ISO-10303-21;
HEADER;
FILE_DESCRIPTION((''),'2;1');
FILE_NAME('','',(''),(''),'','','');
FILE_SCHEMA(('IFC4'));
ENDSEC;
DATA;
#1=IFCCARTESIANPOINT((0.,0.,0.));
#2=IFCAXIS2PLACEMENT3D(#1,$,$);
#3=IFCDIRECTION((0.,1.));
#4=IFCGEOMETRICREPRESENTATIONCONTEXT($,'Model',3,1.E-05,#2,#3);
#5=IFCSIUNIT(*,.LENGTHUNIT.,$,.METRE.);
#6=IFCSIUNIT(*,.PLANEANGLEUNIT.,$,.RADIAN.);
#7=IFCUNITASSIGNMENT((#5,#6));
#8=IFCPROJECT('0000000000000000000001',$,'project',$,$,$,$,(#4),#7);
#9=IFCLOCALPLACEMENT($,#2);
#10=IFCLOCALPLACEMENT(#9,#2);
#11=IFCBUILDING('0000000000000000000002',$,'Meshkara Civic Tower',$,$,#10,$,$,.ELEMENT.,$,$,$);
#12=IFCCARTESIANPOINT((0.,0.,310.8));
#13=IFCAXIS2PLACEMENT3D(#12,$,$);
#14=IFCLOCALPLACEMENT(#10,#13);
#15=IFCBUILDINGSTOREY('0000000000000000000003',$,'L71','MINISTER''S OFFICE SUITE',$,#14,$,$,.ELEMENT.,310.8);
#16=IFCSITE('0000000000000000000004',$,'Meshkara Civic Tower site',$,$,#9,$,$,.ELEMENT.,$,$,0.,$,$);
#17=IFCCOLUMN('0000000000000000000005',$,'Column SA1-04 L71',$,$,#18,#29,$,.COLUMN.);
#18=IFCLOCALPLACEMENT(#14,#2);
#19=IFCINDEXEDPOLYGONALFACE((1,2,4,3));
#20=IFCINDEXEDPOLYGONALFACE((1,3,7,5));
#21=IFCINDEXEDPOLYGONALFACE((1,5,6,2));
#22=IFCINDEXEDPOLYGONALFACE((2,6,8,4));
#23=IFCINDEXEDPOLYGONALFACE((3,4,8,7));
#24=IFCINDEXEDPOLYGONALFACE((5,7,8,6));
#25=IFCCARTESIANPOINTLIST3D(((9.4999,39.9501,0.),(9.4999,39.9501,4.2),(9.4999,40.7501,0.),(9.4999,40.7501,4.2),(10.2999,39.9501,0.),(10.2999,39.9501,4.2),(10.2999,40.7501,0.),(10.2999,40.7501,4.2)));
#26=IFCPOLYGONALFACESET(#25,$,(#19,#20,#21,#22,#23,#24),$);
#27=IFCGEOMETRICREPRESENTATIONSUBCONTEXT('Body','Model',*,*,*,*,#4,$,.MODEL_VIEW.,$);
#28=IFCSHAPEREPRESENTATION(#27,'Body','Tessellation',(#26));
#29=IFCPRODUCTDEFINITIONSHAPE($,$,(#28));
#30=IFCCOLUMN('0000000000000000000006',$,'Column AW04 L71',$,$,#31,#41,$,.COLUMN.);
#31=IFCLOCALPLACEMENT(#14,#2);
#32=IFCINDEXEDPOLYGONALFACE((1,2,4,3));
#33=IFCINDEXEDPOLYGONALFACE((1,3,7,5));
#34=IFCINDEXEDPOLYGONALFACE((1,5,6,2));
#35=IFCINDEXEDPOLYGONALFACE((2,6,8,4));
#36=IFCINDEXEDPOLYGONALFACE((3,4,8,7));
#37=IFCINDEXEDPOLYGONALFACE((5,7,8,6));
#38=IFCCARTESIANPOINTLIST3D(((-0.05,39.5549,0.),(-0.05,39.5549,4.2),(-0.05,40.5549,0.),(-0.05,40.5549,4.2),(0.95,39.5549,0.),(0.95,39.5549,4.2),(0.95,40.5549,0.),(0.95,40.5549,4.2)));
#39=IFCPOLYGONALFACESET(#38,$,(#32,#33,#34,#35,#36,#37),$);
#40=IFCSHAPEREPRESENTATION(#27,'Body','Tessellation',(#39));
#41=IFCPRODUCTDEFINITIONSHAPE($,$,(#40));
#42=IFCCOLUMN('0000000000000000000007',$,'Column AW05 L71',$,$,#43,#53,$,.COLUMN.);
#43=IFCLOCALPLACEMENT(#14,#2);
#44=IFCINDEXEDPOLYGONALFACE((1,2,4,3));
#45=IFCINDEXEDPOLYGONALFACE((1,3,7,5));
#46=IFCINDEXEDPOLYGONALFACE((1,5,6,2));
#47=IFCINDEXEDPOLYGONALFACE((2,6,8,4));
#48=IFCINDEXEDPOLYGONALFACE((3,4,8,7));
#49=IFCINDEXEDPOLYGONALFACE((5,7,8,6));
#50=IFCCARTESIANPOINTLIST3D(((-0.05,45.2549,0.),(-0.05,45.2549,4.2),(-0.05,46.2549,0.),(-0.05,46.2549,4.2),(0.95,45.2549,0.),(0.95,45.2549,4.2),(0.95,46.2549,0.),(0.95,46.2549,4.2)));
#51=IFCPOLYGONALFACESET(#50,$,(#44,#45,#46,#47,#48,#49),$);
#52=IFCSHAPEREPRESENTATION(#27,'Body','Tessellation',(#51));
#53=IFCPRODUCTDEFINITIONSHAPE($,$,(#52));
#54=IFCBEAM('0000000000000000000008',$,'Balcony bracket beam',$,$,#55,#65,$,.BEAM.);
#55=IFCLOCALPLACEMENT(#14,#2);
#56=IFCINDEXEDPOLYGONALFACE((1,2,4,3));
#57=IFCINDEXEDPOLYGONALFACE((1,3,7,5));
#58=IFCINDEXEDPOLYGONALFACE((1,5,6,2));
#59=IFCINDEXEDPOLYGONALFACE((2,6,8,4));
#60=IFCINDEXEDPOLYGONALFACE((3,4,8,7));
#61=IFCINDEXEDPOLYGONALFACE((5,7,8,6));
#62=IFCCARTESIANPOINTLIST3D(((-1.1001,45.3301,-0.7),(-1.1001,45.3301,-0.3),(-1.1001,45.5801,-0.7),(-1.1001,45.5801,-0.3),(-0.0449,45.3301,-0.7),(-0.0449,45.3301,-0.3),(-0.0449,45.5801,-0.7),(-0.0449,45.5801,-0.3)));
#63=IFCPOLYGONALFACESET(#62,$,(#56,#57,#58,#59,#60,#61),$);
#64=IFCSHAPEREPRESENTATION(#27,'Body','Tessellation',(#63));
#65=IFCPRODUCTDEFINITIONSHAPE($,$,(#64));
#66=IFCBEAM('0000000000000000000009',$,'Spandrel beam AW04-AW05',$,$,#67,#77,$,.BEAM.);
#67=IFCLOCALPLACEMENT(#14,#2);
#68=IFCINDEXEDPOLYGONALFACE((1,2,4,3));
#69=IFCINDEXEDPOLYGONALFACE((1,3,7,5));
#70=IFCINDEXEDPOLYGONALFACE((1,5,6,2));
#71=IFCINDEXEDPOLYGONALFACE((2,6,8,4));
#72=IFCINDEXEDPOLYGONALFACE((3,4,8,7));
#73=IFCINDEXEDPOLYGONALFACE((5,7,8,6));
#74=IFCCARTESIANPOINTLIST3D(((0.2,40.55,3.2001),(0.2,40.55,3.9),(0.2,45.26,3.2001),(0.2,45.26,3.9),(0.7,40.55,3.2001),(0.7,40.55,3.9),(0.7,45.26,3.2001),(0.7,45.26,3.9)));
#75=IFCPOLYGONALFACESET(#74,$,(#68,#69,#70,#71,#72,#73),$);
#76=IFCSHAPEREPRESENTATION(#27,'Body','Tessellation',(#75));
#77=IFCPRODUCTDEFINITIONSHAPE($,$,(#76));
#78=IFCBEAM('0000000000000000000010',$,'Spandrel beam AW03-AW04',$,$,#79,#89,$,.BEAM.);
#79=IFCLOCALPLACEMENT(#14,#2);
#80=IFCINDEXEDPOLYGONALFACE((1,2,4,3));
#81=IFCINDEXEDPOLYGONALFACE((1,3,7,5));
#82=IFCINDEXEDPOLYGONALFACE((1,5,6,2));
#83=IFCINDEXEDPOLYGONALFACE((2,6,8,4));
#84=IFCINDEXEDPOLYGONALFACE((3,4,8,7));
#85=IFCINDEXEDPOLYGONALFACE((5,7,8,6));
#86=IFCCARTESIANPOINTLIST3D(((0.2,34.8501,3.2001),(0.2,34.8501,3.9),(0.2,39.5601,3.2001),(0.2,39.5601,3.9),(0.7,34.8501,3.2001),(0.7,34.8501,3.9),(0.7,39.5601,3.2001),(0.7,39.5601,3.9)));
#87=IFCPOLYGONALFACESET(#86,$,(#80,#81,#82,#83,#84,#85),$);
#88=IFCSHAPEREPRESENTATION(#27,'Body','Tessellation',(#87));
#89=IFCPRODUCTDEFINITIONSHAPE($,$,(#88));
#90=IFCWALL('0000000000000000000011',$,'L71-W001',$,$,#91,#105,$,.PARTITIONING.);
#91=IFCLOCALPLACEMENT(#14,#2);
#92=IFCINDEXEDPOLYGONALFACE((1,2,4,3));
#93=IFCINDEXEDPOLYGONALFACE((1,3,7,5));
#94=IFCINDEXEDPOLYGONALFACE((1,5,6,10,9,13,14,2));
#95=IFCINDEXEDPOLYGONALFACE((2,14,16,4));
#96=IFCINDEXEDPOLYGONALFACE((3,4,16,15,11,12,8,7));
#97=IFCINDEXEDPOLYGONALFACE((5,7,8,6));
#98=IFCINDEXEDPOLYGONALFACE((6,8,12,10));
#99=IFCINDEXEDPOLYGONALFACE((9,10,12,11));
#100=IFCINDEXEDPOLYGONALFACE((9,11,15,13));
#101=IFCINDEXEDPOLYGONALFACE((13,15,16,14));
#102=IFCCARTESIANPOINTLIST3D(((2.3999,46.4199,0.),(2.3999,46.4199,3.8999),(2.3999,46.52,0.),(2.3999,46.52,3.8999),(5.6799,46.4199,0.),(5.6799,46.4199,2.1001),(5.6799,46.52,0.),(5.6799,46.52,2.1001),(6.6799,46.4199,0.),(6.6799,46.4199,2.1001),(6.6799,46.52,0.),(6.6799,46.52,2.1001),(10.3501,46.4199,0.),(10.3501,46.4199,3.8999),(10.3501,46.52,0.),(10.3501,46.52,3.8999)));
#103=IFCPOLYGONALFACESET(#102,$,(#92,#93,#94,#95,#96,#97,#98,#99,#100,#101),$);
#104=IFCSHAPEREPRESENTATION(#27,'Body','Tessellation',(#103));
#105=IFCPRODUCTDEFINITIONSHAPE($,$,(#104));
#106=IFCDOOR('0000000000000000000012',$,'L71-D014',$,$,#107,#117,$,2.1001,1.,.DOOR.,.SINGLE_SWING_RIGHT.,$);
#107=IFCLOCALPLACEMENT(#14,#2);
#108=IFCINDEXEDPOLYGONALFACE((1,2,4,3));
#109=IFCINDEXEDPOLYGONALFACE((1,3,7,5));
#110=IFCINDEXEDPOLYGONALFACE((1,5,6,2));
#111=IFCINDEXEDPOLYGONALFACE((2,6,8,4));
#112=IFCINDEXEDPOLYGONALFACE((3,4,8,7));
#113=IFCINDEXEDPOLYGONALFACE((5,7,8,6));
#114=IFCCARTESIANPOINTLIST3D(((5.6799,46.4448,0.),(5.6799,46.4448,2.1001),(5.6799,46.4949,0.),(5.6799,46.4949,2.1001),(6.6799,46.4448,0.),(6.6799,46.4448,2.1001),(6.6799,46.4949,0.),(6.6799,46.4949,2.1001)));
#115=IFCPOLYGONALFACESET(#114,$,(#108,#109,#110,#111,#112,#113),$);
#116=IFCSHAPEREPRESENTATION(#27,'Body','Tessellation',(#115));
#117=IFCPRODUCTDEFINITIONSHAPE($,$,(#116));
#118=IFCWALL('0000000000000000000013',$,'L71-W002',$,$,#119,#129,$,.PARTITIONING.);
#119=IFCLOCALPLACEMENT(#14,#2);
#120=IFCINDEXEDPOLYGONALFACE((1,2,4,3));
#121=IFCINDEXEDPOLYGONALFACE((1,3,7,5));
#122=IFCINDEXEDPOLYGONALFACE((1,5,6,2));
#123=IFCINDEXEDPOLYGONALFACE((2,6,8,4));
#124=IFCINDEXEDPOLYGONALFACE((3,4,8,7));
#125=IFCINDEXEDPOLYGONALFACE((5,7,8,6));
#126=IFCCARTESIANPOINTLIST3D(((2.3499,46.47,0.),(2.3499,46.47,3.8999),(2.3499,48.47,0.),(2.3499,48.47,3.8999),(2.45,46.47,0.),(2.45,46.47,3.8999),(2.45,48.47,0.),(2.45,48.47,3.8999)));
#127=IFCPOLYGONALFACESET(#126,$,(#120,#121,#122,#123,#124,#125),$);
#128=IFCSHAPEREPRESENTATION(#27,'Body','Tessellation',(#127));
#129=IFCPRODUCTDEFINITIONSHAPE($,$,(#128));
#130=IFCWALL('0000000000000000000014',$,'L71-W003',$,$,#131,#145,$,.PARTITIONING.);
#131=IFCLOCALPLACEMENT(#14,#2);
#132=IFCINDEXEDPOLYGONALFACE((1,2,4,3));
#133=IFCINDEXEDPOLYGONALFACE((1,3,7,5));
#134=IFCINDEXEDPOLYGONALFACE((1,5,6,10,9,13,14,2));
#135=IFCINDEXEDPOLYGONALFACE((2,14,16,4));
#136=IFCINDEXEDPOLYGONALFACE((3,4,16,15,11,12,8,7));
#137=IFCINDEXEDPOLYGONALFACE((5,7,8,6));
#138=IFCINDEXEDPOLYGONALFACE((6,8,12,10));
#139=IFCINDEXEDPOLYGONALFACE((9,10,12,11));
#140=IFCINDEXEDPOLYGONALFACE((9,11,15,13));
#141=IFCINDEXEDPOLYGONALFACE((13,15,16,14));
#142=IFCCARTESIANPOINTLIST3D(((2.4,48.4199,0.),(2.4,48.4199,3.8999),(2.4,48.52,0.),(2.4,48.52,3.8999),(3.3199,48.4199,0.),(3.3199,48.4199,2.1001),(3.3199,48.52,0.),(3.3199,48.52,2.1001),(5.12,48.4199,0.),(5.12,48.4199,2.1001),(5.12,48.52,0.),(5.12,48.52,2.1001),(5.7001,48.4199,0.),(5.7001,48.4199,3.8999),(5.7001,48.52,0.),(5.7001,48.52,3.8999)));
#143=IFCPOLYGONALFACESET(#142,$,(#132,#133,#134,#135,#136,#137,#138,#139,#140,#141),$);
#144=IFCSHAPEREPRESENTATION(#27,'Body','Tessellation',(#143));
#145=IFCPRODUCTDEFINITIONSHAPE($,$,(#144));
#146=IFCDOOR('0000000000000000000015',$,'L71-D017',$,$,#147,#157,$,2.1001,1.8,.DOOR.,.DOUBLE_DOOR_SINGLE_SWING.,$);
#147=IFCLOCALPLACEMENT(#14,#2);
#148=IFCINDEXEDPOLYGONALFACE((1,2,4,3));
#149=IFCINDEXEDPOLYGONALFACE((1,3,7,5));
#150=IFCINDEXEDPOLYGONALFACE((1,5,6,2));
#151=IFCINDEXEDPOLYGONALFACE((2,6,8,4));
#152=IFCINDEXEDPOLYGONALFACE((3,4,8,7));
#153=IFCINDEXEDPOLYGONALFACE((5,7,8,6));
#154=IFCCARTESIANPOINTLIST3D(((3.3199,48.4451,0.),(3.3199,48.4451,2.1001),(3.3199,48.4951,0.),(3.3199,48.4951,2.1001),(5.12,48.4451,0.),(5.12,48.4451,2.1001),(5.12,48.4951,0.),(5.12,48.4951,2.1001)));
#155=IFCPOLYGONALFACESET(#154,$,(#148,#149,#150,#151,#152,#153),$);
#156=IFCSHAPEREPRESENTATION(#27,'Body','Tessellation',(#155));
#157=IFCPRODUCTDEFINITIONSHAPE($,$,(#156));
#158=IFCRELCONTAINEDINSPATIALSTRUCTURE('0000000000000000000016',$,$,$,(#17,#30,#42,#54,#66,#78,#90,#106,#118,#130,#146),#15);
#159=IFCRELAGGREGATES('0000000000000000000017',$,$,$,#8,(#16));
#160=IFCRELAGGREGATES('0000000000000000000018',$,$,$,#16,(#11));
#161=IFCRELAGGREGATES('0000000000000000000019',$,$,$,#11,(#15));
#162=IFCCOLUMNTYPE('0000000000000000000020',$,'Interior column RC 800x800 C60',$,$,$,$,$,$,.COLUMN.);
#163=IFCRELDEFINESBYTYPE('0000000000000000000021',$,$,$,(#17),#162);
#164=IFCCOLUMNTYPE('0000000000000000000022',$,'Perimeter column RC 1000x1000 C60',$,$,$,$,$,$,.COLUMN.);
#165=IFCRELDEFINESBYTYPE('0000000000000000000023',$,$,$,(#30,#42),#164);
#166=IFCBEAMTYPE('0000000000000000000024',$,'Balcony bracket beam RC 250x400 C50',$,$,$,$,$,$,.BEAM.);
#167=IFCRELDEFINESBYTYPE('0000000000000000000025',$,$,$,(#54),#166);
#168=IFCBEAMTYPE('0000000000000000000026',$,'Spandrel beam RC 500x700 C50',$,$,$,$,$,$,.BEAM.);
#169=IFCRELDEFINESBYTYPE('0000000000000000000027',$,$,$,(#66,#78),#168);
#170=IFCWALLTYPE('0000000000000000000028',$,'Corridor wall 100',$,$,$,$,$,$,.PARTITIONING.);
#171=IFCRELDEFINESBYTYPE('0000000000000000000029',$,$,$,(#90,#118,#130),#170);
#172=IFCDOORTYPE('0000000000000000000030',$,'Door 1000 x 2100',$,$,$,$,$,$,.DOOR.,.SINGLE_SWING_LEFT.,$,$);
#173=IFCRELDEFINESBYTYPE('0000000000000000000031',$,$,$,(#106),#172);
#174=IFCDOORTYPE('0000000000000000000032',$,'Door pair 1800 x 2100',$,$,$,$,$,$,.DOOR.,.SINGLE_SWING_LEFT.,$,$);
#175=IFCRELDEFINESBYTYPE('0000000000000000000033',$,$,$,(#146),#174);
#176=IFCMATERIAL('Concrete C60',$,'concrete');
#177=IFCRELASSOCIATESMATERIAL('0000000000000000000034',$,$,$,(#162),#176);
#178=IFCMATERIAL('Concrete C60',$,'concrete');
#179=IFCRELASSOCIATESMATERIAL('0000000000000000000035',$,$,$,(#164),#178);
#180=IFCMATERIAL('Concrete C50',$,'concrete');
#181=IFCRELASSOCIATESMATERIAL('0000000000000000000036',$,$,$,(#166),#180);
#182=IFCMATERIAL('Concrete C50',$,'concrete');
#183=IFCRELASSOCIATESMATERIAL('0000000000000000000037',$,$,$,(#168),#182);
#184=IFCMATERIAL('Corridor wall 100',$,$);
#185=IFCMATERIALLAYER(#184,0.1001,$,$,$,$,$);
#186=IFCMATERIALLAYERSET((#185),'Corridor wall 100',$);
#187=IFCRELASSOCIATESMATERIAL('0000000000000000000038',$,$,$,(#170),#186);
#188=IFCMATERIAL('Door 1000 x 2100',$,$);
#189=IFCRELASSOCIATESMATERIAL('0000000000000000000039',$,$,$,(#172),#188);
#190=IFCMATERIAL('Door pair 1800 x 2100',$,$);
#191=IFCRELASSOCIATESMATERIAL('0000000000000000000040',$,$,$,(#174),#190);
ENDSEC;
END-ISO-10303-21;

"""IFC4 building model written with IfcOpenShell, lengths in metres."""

from ifc_helpers import new_model, si_unit, direction, frame, frame_2d, origin, origin_2d, place, context, subcontext, project, spatial, rectangle, extrude, material, layer, layer_set, material_profile, profile_set, type_object, element, fill, save


model = new_model("IFC4")

# Units and contexts
model_context = context("Model", 3, precision=1e-05, world=origin(), true_north=direction((0.0, 1.0)))
body_context = subcontext(model_context, "Body", "Model", "MODEL_VIEW")
ifc_project = project(units=[si_unit("LENGTHUNIT", "METRE"), si_unit("PLANEANGLEUNIT", "RADIAN")], contexts=[model_context])

# Site, building, storey
site_placement = place(None, origin())
site = spatial("IfcSite", under=ifc_project, at=site_placement, Name="Meshkara Civic Tower site", CompositionType="ELEMENT", RefElevation=0.0)
building_placement = place(site_placement, origin())
building = spatial("IfcBuilding", under=site, at=building_placement, Name="Meshkara Civic Tower", CompositionType="ELEMENT")
storey_placement = place(building_placement, frame((0.0, 0.0, 310.8)))
storey = spatial("IfcBuildingStorey", under=building, at=storey_placement, Name="L71", Description="MINISTER'S OFFICE SUITE", CompositionType="ELEMENT", Elevation=310.8)

# Columns
ifc_material_1 = material(Name="Concrete C60", Category="concrete")
ifc_material_profile_1 = material_profile(ifc_material_1, rectangle(XDim=0.8, YDim=0.8, at=origin_2d()))
ifc_profile_set_1 = profile_set([ifc_material_profile_1], Name="Concrete C60")
column_type_1 = type_object("IfcColumnType", Name="Interior column RC 800x800 C60", PredefinedType="COLUMN", material=ifc_profile_set_1)
column_placement = place(storey_placement, frame((9.8999, 40.3501, 0.0), z_axis=(0.0, 0.0, 1.0), x_axis=(1.0, 0.0, 0.0)))
element("IfcColumn", 1, at=column_placement, inside=storey, type_object=column_type_1, Name="Column SA1-04 L71", PredefinedType="COLUMN", context=body_context, shape_type="SweptSolid", body=[
    extrude(rectangle(XDim=0.8, YDim=0.8, at=origin_2d()), origin(), (0.0, 0.0, 1.0), 4.2),
])
ifc_material_2 = material(Name="Concrete C60", Category="concrete")
ifc_material_profile_2 = material_profile(ifc_material_2, rectangle(XDim=1.0, YDim=1.0, at=origin_2d()))
ifc_profile_set_2 = profile_set([ifc_material_profile_2], Name="Concrete C60")
column_type_2 = type_object("IfcColumnType", Name="Perimeter column RC 1000x1000 C60", PredefinedType="COLUMN", material=ifc_profile_set_2)
for number, where, z_axis, x_axis, name in (
    (2, (0.45, 40.0549, 0.0), (0.0, 0.0, 1.0), (1.0, 0.0, 0.0), "Column AW04 L71"),
    (3, (0.45, 45.7549, 0.0), (0.0, 0.0, 1.0), (1.0, 0.0, 0.0), "Column AW05 L71"),
):
    element("IfcColumn", number, at=place(storey_placement, frame(where, z_axis=z_axis, x_axis=x_axis)), inside=storey, type_object=column_type_2, Name=name, PredefinedType="COLUMN", context=body_context, shape_type="SweptSolid", body=[
        extrude(rectangle(XDim=1.0, YDim=1.0, at=origin_2d()), origin(), (0.0, 0.0, 1.0), 4.2),
    ])

# Beams
ifc_material_3 = material(Name="Concrete C50", Category="concrete")
ifc_material_profile_3 = material_profile(ifc_material_3, rectangle(XDim=0.25, YDim=0.3999, at=origin_2d()))
ifc_profile_set_3 = profile_set([ifc_material_profile_3], Name="Concrete C50")
beam_type_1 = type_object("IfcBeamType", Name="Balcony bracket beam RC 250x400 C50", PredefinedType="BEAM", material=ifc_profile_set_3)
beam_placement = place(storey_placement, frame((-0.0449, 45.4551, -0.5), z_axis=(-1.0, 0.0, 0.0), x_axis=(0.0, -1.0, 0.0)))
element("IfcBeam", 4, at=beam_placement, inside=storey, type_object=beam_type_1, Name="Balcony bracket beam", PredefinedType="BEAM", context=body_context, shape_type="SweptSolid", body=[
    extrude(rectangle(XDim=0.25, YDim=0.3999, at=origin_2d()), origin(), (0.0, 0.0, 1.0), 1.0552),
])
ifc_material_4 = material(Name="Concrete C50", Category="concrete")
ifc_material_profile_4 = material_profile(ifc_material_4, rectangle(XDim=0.5, YDim=0.7, at=origin_2d()))
ifc_profile_set_4 = profile_set([ifc_material_profile_4], Name="Concrete C50")
beam_type_2 = type_object("IfcBeamType", Name="Spandrel beam RC 500x700 C50", PredefinedType="BEAM", material=ifc_profile_set_4)
for number, where, z_axis, x_axis, name in (
    (5, (0.45, 45.26, 3.55), (0.0, -1.0, 0.0), (1.0, 0.0, 0.0), "Spandrel beam AW04-AW05"),
    (6, (0.45, 39.5601, 3.55), (0.0, -1.0, 0.0), (1.0, 0.0, 0.0), "Spandrel beam AW03-AW04"),
):
    element("IfcBeam", number, at=place(storey_placement, frame(where, z_axis=z_axis, x_axis=x_axis)), inside=storey, type_object=beam_type_2, Name=name, PredefinedType="BEAM", context=body_context, shape_type="SweptSolid", body=[
        extrude(rectangle(XDim=0.5, YDim=0.7, at=origin_2d()), origin(), (0.0, 0.0, 1.0), 4.71),
    ])

# Wall, opening, door
ifc_material_5 = material(Name="Corridor wall 100")
ifc_layer_1 = layer(ifc_material_5, 0.1001)
ifc_layer_set_1 = layer_set([ifc_layer_1], Name="Corridor wall 100")
wall_type_1 = type_object("IfcWallType", Name="Corridor wall 100", PredefinedType="PARTITIONING", material=ifc_layer_set_1)
wall_1_placement = place(storey_placement, frame((2.3999, 46.47, 0.0), z_axis=(0.0, 0.0, 1.0), x_axis=(1.0, 0.0, 0.0)))
wall_1 = element("IfcWall", 7, at=wall_1_placement, inside=storey, type_object=wall_type_1, Name="L71-W001", PredefinedType="PARTITIONING", context=body_context, shape_type="SweptSolid", body=[
    extrude(rectangle(XDim=7.9502, YDim=0.1001, at=frame_2d((3.9751, 0.0))), origin(), (0.0, 0.0, 1.0), 3.8999),
])
opening_1_placement = place(wall_1_placement, frame((3.28, 0.0, 0.0)))
opening_1 = element("IfcOpeningElement", 8, at=opening_1_placement, cuts=wall_1, PredefinedType="OPENING", context=body_context, shape_type="SweptSolid", body=[
    extrude(rectangle(XDim=1.0, YDim=2.1001, at=frame_2d((0.5, 1.05))), frame((0.0, 0.0601, 0.0), z_axis=(0.0, -1.0, 0.0), x_axis=(1.0, 0.0, 0.0)), (0.0, 0.0, 1.0), 0.1201),
])
ifc_material_6 = material(Name="Door 1000 x 2100")
door_type_1 = type_object("IfcDoorType", Name="Door 1000 x 2100", OperationType="SINGLE_SWING_LEFT", PredefinedType="DOOR", material=ifc_material_6)
door_1_placement = place(opening_1_placement, origin())
door_1 = element("IfcDoor", 9, at=door_1_placement, inside=storey, type_object=door_type_1, Name="L71-D014", OperationType="SINGLE_SWING_RIGHT", OverallHeight=2.1001, OverallWidth=1.0, PredefinedType="DOOR", context=body_context, shape_type="SweptSolid", body=[
    extrude(rectangle(XDim=1.0, YDim=2.1001, at=frame_2d((0.5, 1.05))), frame((0.0, 0.0249, 0.0), z_axis=(0.0, -1.0, 0.0), x_axis=(1.0, 0.0, 0.0)), (0.0, 0.0, 1.0), 0.05),
])
fill(opening_1, door_1)

# Wall
wall_2_placement = place(storey_placement, frame((2.3999, 48.47, 0.0), z_axis=(0.0, 0.0, 1.0), x_axis=(0.0, -1.0, 0.0)))
element("IfcWall", 10, at=wall_2_placement, inside=storey, type_object=wall_type_1, Name="L71-W002", PredefinedType="PARTITIONING", context=body_context, shape_type="SweptSolid", body=[
    extrude(rectangle(XDim=2.0, YDim=0.1001, at=frame_2d((1.0, 0.0))), origin(), (0.0, 0.0, 1.0), 3.8999),
])

# Wall, opening, door
wall_3_placement = place(storey_placement, frame((5.7, 48.47, 0.0), z_axis=(0.0, 0.0, 1.0), x_axis=(-1.0, 0.0, 0.0)))
wall_3 = element("IfcWall", 11, at=wall_3_placement, inside=storey, type_object=wall_type_1, Name="L71-W003", PredefinedType="PARTITIONING", context=body_context, shape_type="SweptSolid", body=[
    extrude(rectangle(XDim=3.3, YDim=0.1001, at=frame_2d((1.6499, 0.0))), origin(), (0.0, 0.0, 1.0), 3.8999),
])
opening_2_placement = place(wall_3_placement, frame((0.5801, 0.0, 0.0)))
opening_2 = element("IfcOpeningElement", 12, at=opening_2_placement, cuts=wall_3, PredefinedType="OPENING", context=body_context, shape_type="SweptSolid", body=[
    extrude(rectangle(XDim=1.8, YDim=2.1001, at=frame_2d((0.8999, 1.05))), frame((0.0, 0.0601, 0.0), z_axis=(0.0, -1.0, 0.0), x_axis=(1.0, 0.0, 0.0)), (0.0, 0.0, 1.0), 0.1201),
])
ifc_material_7 = material(Name="Door pair 1800 x 2100")
door_type_2 = type_object("IfcDoorType", Name="Door pair 1800 x 2100", OperationType="SINGLE_SWING_LEFT", PredefinedType="DOOR", material=ifc_material_7)
door_2_placement = place(opening_2_placement, origin())
door_2 = element("IfcDoor", 13, at=door_2_placement, inside=storey, type_object=door_type_2, Name="L71-D017", OperationType="DOUBLE_DOOR_SINGLE_SWING", OverallHeight=2.1001, OverallWidth=1.8, PredefinedType="DOOR", context=body_context, shape_type="SweptSolid", body=[
    extrude(rectangle(XDim=1.8, YDim=2.1001, at=frame_2d((0.8999, 1.05))), frame((0.0, 0.0249, 0.0), z_axis=(0.0, -1.0, 0.0), x_axis=(1.0, 0.0, 0.0)), (0.0, 0.0, 1.0), 0.05),
])
fill(opening_2, door_2)

save(model, "model.ifc")
